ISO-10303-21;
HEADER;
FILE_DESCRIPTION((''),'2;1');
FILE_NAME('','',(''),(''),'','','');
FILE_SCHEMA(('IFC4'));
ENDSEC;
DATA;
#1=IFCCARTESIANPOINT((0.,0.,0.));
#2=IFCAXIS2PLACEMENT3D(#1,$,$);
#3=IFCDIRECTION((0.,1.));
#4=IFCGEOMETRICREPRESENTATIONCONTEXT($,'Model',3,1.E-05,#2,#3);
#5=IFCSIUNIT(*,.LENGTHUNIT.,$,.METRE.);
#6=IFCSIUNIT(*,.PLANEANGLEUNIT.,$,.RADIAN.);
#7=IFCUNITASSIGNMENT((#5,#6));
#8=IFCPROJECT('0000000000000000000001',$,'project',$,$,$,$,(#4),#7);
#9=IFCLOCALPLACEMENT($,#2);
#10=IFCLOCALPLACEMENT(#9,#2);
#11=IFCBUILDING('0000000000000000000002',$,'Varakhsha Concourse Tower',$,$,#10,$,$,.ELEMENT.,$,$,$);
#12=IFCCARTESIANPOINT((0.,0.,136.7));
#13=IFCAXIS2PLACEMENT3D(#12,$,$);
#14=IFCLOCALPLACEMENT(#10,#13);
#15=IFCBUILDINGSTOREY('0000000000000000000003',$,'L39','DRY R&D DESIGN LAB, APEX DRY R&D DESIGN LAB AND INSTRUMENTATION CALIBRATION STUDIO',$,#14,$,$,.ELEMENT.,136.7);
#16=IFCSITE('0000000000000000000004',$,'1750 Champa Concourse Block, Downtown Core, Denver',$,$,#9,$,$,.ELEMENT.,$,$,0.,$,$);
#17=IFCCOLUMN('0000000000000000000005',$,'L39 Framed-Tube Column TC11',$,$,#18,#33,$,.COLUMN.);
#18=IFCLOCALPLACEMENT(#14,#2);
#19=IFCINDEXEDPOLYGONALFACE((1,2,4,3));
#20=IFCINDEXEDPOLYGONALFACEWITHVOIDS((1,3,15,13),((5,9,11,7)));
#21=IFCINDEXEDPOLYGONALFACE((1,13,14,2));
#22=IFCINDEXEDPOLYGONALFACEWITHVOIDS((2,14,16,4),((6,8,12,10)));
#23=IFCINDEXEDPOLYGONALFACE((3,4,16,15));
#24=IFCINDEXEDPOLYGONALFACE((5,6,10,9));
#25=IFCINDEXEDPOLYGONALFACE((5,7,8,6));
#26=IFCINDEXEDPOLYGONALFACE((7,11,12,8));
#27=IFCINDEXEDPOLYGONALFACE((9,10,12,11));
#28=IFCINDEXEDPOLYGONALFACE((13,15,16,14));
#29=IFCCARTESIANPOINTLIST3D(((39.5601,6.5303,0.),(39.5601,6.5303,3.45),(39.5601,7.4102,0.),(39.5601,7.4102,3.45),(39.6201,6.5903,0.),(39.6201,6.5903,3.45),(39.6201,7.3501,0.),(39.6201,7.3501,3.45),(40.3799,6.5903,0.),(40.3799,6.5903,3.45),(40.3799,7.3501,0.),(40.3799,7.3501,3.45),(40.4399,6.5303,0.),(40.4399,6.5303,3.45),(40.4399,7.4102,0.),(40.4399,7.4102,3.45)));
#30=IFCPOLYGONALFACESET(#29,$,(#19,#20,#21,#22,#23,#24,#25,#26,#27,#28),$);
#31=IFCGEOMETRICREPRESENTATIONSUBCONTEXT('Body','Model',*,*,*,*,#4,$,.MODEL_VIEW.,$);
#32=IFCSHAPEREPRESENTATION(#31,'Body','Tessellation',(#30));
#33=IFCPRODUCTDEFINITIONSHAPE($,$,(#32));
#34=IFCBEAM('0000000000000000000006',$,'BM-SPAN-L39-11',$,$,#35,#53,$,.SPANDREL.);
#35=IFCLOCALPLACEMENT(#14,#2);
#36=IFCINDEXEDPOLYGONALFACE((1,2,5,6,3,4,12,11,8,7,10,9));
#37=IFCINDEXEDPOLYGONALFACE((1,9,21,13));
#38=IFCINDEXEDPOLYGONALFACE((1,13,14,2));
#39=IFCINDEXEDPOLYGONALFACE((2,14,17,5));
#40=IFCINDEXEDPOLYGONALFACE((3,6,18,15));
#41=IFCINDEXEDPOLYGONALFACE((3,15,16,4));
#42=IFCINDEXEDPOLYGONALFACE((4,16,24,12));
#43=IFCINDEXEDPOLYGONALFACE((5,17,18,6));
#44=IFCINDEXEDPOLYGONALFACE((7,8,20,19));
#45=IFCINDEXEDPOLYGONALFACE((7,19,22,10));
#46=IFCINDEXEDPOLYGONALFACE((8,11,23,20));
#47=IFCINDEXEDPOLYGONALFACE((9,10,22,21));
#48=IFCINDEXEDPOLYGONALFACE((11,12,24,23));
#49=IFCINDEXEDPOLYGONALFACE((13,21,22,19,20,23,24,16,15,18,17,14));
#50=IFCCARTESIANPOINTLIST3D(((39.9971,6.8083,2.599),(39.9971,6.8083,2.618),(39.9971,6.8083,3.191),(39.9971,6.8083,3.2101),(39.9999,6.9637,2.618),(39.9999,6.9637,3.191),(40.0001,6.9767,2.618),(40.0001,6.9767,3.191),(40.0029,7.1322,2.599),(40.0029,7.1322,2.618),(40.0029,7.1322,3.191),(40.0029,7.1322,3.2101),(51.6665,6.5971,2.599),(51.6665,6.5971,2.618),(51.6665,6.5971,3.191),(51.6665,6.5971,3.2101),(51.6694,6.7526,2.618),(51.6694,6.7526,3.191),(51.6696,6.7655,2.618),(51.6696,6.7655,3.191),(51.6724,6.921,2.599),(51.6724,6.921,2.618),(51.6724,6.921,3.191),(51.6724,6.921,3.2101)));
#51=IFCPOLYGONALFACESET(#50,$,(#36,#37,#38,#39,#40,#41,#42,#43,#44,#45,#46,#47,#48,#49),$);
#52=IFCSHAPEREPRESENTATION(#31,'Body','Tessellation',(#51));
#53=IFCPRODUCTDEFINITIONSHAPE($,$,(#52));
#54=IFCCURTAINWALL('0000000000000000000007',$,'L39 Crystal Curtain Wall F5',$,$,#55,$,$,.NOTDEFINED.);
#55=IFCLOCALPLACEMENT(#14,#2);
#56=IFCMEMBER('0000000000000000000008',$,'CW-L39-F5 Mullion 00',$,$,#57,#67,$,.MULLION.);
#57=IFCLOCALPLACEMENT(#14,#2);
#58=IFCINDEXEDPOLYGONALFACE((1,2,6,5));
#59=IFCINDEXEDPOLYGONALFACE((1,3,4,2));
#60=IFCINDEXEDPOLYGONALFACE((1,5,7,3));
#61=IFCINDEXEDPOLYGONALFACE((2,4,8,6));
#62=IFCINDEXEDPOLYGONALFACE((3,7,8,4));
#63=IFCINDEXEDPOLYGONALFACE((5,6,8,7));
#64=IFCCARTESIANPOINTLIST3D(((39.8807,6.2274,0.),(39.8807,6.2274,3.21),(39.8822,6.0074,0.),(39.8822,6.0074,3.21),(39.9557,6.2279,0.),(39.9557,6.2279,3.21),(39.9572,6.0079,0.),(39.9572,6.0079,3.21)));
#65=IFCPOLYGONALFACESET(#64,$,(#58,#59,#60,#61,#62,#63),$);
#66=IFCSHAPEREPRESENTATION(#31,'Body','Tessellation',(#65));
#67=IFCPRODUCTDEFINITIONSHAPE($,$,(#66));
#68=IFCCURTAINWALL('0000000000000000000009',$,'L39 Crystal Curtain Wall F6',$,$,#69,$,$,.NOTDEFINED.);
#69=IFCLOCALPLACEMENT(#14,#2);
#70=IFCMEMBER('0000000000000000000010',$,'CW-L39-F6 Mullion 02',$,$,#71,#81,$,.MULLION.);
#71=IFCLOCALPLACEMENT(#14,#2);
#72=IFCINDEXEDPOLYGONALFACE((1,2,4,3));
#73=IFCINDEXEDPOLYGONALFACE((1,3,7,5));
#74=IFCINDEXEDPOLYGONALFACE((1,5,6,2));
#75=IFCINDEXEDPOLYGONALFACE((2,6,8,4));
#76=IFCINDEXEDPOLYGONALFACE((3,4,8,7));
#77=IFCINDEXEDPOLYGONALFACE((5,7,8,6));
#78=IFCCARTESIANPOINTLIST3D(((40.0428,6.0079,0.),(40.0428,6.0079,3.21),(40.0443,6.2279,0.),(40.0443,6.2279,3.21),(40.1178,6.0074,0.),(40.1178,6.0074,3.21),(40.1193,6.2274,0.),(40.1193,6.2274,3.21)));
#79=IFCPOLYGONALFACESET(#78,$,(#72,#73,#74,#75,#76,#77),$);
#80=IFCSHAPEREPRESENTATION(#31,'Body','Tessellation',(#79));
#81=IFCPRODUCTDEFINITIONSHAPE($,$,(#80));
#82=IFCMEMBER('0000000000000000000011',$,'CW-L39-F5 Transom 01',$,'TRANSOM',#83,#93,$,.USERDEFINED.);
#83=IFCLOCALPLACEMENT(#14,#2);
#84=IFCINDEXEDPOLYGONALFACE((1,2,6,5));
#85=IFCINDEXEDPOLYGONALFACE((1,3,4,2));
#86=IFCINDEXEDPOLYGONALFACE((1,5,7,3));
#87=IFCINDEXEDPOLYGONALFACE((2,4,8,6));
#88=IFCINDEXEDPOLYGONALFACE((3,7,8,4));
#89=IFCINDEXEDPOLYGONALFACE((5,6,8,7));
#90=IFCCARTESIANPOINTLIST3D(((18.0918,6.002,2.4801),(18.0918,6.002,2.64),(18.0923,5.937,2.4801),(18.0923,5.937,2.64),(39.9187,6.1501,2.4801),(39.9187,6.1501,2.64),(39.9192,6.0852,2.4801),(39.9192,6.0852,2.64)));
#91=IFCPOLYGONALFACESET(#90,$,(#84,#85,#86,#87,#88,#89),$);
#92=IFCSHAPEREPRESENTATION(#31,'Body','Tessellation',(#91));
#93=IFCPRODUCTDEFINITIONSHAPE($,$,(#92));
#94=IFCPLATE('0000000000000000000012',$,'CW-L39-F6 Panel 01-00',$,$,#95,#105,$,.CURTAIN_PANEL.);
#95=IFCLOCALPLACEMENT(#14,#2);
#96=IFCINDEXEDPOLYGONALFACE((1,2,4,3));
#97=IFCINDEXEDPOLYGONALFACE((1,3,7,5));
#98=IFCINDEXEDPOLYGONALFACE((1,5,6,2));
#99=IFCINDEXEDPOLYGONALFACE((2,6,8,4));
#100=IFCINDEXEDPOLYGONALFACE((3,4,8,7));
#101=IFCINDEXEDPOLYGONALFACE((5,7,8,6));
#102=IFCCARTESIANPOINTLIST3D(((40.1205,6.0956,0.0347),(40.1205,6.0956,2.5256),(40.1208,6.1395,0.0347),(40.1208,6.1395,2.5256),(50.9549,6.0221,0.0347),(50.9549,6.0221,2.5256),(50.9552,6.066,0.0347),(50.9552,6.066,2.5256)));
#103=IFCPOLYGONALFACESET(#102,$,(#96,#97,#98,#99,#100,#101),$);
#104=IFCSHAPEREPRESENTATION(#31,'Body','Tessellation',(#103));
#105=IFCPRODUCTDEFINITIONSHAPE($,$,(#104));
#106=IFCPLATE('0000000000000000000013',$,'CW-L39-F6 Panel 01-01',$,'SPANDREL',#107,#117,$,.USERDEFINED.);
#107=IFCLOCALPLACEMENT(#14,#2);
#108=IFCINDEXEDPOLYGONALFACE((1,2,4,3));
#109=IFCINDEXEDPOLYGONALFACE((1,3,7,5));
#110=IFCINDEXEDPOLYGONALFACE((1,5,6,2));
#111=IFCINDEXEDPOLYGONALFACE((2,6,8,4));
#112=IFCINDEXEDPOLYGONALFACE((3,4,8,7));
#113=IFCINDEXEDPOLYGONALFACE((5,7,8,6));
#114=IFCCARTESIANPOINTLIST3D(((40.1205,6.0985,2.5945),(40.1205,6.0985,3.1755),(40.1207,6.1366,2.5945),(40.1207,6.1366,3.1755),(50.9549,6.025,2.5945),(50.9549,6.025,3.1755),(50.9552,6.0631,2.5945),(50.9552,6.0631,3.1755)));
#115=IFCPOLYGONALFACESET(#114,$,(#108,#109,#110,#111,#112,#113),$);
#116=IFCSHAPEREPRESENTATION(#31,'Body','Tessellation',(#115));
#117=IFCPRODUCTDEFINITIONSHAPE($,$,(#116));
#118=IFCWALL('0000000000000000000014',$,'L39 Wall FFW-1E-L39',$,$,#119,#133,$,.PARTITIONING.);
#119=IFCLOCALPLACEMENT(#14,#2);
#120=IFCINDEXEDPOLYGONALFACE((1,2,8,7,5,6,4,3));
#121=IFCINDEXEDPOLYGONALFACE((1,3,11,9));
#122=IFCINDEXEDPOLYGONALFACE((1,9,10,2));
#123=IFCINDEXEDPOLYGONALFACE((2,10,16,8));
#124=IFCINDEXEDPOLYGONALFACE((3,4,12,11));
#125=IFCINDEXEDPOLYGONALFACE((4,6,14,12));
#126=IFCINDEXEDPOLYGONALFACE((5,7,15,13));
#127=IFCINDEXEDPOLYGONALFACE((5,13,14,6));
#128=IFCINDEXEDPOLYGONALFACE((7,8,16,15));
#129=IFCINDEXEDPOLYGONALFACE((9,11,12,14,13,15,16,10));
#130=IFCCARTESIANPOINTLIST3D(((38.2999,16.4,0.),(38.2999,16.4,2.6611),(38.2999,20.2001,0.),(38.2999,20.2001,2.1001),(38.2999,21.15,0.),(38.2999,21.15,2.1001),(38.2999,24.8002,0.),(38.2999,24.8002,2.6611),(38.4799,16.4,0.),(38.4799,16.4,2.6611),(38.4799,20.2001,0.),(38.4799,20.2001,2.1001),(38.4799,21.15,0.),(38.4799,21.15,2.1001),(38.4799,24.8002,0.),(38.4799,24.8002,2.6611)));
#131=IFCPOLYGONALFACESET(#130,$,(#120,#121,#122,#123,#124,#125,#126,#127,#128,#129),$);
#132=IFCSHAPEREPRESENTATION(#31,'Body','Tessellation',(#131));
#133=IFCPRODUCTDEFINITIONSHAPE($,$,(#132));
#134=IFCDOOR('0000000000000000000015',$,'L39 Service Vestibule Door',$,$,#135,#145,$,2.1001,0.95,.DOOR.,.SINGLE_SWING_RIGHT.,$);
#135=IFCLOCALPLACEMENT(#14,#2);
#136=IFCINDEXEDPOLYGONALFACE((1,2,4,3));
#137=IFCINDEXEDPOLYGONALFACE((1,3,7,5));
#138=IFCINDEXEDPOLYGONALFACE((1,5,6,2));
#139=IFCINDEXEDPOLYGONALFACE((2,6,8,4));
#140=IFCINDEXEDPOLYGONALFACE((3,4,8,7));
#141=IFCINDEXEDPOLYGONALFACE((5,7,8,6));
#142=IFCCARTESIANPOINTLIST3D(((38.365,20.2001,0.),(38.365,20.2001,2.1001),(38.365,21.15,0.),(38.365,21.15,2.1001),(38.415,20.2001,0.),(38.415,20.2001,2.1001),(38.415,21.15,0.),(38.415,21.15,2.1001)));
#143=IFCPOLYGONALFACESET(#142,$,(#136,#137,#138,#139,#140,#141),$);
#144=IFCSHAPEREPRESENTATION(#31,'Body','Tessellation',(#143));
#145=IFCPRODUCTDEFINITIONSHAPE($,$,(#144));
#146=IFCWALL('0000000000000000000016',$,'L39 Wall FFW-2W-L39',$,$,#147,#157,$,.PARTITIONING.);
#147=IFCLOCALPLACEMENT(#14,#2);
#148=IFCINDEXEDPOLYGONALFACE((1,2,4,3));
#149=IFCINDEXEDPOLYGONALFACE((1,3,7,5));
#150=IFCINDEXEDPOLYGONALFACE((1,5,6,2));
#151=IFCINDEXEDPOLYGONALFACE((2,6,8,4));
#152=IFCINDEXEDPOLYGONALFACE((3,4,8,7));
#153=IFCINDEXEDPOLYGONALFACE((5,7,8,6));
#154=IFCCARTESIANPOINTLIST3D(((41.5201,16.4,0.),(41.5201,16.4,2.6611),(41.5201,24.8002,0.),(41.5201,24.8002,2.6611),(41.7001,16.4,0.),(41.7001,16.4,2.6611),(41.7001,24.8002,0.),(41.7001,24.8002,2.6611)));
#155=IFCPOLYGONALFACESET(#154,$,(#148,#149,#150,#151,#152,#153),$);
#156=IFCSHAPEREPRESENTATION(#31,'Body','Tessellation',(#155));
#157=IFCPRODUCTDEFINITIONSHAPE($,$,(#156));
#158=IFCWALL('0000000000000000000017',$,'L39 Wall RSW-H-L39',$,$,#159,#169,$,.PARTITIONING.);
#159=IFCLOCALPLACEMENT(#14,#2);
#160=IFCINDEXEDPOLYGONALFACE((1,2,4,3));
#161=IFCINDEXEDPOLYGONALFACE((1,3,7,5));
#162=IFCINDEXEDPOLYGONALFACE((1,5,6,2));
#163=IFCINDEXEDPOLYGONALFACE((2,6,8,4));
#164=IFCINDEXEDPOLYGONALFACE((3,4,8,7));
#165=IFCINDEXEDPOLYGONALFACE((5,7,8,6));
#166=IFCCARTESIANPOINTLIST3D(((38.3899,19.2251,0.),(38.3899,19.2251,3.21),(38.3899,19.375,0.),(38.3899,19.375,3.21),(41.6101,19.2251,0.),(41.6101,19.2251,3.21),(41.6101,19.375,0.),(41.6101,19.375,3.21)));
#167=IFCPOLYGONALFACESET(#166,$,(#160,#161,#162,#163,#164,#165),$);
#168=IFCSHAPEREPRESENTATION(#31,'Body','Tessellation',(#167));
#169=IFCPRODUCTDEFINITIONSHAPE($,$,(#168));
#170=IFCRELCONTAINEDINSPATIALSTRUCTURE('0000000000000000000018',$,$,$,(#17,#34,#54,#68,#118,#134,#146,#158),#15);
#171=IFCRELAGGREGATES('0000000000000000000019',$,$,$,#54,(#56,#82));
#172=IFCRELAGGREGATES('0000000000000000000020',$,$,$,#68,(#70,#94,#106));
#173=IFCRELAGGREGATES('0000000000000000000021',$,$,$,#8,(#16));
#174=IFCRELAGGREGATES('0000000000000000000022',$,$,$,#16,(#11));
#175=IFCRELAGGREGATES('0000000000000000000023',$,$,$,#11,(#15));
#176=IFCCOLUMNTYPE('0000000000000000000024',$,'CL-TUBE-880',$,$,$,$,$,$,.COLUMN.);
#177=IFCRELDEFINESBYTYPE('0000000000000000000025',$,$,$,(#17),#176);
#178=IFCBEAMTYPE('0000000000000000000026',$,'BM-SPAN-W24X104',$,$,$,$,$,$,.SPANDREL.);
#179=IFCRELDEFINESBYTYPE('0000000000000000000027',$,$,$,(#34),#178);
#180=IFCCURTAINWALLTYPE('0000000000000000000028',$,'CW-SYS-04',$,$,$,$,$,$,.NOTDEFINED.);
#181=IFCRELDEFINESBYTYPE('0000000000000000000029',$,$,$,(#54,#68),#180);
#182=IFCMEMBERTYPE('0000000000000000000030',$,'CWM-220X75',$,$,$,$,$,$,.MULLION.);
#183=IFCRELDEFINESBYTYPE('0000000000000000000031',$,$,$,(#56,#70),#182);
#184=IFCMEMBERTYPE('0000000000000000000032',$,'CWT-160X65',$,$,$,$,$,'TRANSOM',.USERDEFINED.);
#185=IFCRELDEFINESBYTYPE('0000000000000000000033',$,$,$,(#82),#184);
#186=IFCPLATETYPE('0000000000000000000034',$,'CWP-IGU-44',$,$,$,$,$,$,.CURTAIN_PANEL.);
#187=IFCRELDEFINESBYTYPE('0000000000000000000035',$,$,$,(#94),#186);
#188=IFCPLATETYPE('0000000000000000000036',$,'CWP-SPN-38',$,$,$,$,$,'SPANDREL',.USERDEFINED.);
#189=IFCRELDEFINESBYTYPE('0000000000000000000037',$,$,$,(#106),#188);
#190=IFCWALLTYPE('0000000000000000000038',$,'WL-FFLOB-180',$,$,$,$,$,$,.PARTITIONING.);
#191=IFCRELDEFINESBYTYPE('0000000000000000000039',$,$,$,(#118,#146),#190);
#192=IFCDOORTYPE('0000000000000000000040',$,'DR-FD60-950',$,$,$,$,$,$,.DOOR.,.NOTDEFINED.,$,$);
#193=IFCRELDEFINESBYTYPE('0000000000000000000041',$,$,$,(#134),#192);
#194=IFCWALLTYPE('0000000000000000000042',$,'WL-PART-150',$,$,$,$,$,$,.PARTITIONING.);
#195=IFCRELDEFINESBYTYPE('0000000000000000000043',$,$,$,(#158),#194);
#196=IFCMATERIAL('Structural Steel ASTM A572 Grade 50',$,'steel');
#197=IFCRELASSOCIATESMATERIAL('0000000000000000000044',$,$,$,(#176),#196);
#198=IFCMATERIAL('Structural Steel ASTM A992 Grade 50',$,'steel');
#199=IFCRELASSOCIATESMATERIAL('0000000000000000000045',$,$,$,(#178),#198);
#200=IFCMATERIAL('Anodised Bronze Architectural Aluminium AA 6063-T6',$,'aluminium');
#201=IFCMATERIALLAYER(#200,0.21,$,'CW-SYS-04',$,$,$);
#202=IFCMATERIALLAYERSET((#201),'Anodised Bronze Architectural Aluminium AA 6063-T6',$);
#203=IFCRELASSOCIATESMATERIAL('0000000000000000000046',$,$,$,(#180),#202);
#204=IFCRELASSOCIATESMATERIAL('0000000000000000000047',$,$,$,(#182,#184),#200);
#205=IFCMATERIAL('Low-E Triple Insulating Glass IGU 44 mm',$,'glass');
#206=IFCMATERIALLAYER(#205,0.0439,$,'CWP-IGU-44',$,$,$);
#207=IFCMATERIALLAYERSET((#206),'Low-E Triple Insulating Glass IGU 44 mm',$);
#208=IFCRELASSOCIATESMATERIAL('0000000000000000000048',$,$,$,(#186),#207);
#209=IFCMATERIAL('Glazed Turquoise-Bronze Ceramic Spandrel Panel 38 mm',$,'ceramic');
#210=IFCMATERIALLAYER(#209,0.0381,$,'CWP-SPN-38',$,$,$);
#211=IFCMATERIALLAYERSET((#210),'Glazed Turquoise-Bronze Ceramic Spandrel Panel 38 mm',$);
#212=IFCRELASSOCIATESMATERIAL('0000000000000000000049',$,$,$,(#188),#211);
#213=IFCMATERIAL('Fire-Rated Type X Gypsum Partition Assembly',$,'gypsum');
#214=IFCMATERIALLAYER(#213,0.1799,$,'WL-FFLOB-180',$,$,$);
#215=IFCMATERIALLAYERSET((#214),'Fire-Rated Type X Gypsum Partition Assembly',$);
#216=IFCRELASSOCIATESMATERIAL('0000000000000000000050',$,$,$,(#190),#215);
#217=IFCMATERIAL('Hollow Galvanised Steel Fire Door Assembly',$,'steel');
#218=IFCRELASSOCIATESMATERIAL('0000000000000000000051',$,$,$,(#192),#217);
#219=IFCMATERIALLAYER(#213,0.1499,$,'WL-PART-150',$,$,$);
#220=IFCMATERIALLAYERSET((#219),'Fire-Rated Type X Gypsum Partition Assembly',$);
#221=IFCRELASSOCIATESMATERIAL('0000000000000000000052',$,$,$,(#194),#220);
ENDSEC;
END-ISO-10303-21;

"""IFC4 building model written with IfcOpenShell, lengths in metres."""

from ifc_helpers import new_model, si_unit, direction, frame, frame_2d, origin, origin_2d, place, context, subcontext, project, spatial, rectangle, hollow_rectangle, i_section, extrude, source, transform, mapped, material, layer, layer_set, material_profile, profile_set, type_object, type_shapes, element, fill, aggregate, save


model = new_model("IFC4")

# Units and contexts
model_context = context("Model", 3, precision=1e-05, world=origin(), true_north=direction((0.0, 1.0)))
body_context = subcontext(model_context, "Body", "Model", "MODEL_VIEW")
ifc_project = project(units=[si_unit("LENGTHUNIT", "METRE"), si_unit("PLANEANGLEUNIT", "RADIAN")], contexts=[model_context])

# Site, building, storey
site_placement = place(None, origin())
site = spatial("IfcSite", under=ifc_project, at=site_placement, Name="1750 Champa Concourse Block, Downtown Core, Denver", CompositionType="ELEMENT", RefElevation=0.0)
building_placement = place(site_placement, origin())
building = spatial("IfcBuilding", under=site, at=building_placement, Name="Varakhsha Concourse Tower", CompositionType="ELEMENT")
storey_placement = place(building_placement, frame((0.0, 0.0, 136.7)))
storey = spatial("IfcBuildingStorey", under=building, at=storey_placement, Name="L39", Description="DRY R&D DESIGN LAB, APEX DRY R&D DESIGN LAB AND INSTRUMENTATION CALIBRATION STUDIO", CompositionType="ELEMENT", Elevation=136.7)

# Column
ifc_material_1 = material(Name="Structural Steel ASTM A572 Grade 50", Category="steel")
ifc_material_profile_1 = material_profile(ifc_material_1, hollow_rectangle(XDim=0.8799, YDim=0.8799, WallThickness=0.0601, at=origin_2d()), Name="BOX 880x880x60")
ifc_profile_set_1 = profile_set([ifc_material_profile_1], Name="Structural Steel ASTM A572 Grade 50")
column_type = type_object("IfcColumnType", Name="CL-TUBE-880", PredefinedType="COLUMN", material=ifc_profile_set_1)
column_placement = place(storey_placement, frame((40.0, 6.9702, 0.0), z_axis=(0.0, 0.0, 1.0), x_axis=(1.0, 0.0, 0.0)))
element("IfcColumn", 1, at=column_placement, inside=storey, type_object=column_type, Name="L39 Framed-Tube Column TC11", PredefinedType="COLUMN", context=body_context, shape_type="SweptSolid", body=[
    extrude(hollow_rectangle(XDim=0.8799, YDim=0.8799, WallThickness=0.0601, at=origin_2d()), origin(), (0.0, 0.0, 1.0), 3.45),
])

# Beam
ifc_material_2 = material(Name="Structural Steel ASTM A992 Grade 50", Category="steel")
ifc_material_profile_2 = material_profile(ifc_material_2, i_section(OverallWidth=0.324, OverallDepth=0.6111, WebThickness=0.0129, FlangeThickness=0.019, at=origin_2d()), Name="W24X104")
ifc_profile_set_2 = profile_set([ifc_material_profile_2], Name="Structural Steel ASTM A992 Grade 50")
beam_type = type_object("IfcBeamType", Name="BM-SPAN-W24X104", PredefinedType="SPANDREL", material=ifc_profile_set_2)
beam_placement = place(storey_placement, frame((40.0, 6.9702, 2.9045), z_axis=(0.999836, -0.018094, 0.0), x_axis=(0.018094, 0.999836, 0.0)))
element("IfcBeam", 2, at=beam_placement, inside=storey, type_object=beam_type, Name="BM-SPAN-L39-11", PredefinedType="SPANDREL", context=body_context, shape_type="SweptSolid", body=[
    extrude(i_section(OverallWidth=0.324, OverallDepth=0.6111, WebThickness=0.0129, FlangeThickness=0.019, at=origin_2d()), origin(), (0.0, 0.0, 1.0), 11.6714),
])

# Curtain walls, members
ifc_material_3 = material(Name="Anodised Bronze Architectural Aluminium AA 6063-T6", Category="aluminium")
ifc_layer_1 = layer(ifc_material_3, 0.21, Name="CW-SYS-04")
ifc_layer_set_1 = layer_set([ifc_layer_1], Name="Anodised Bronze Architectural Aluminium AA 6063-T6")
curtain_wall_type = type_object("IfcCurtainWallType", Name="CW-SYS-04", PredefinedType="NOTDEFINED", material=ifc_layer_set_1)
curtain_wall_1_placement = place(storey_placement, origin())
curtain_wall_1 = element("IfcCurtainWall", 3, at=curtain_wall_1_placement, inside=storey, type_object=curtain_wall_type, Name="L39 Crystal Curtain Wall F5", PredefinedType="NOTDEFINED")
ifc_material_profile_3 = material_profile(ifc_material_3, rectangle(XDim=0.075, YDim=0.22, at=origin_2d()), Name="CWM-220X75")
ifc_profile_set_3 = profile_set([ifc_material_profile_3], Name="Anodised Bronze Architectural Aluminium AA 6063-T6")
member_type_1 = type_object("IfcMemberType", Name="CWM-220X75", PredefinedType="MULLION", material=ifc_profile_set_3)
shared_shape_1 = source(origin(), body_context, "Body", "SweptSolid", [
    extrude(rectangle(XDim=0.075, YDim=0.22, at=origin_2d()), origin(), (0.0, 0.0, 1.0), 3.21),
])
type_shapes(member_type_1, [shared_shape_1])
member_1_placement = place(storey_placement, frame((39.9189, 6.1177, 0.0), z_axis=(0.0, 0.0, 1.0), x_axis=(-0.999977, -0.006786, 0.0)))
member_1 = element("IfcMember", 4, at=member_1_placement, type_object=member_type_1, Name="CW-L39-F5 Mullion 00", PredefinedType="MULLION", context=body_context, shape_type="MappedRepresentation", body=[
    mapped(shared_shape_1, transform((0.0, 0.0, 0.0), scale=1.0)),
])
curtain_wall_2_placement = place(storey_placement, origin())
curtain_wall_2 = element("IfcCurtainWall", 5, at=curtain_wall_2_placement, inside=storey, type_object=curtain_wall_type, Name="L39 Crystal Curtain Wall F6", PredefinedType="NOTDEFINED")
member_2_placement = place(storey_placement, frame((40.0811, 6.1177, 0.0), z_axis=(0.0, 0.0, 1.0), x_axis=(-0.999977, 0.006786, 0.0)))
member_2 = element("IfcMember", 6, at=member_2_placement, type_object=member_type_1, Name="CW-L39-F6 Mullion 02", PredefinedType="MULLION", context=body_context, shape_type="MappedRepresentation", body=[
    mapped(shared_shape_1, transform((0.0, 0.0, 0.0), scale=1.0)),
])

# Member
ifc_material_profile_4 = material_profile(ifc_material_3, rectangle(XDim=0.0649, YDim=0.1599, at=origin_2d()), Name="CWT-160X65")
ifc_profile_set_4 = profile_set([ifc_material_profile_4], Name="Anodised Bronze Architectural Aluminium AA 6063-T6")
member_type_2 = type_object("IfcMemberType", Name="CWT-160X65", ElementType="TRANSOM", PredefinedType="USERDEFINED", material=ifc_profile_set_4)
shared_shape_2 = source(origin(), body_context, "Body", "SweptSolid", [
    extrude(rectangle(XDim=0.0649, YDim=0.1599, at=origin_2d()), origin(), (0.0, 0.0, 1.0), 21.8274),
])
type_shapes(member_type_2, [shared_shape_2])
member_3_placement = place(storey_placement, frame((39.9189, 6.1177, 2.5601), z_axis=(-0.999977, -0.006789, 0.0), x_axis=(0.006789, -0.999977, 0.0)))
member_3 = element("IfcMember", 7, at=member_3_placement, type_object=member_type_2, Name="CW-L39-F5 Transom 01", ObjectType="TRANSOM", PredefinedType="USERDEFINED", context=body_context, shape_type="MappedRepresentation", body=[
    mapped(shared_shape_2, transform((0.0, 0.0, 0.0), scale=1.0)),
])
aggregate(curtain_wall_1, [member_1, member_3])

# Plates
ifc_material_4 = material(Name="Low-E Triple Insulating Glass IGU 44 mm", Category="glass")
ifc_layer_2 = layer(ifc_material_4, 0.0439, Name="CWP-IGU-44")
ifc_layer_set_2 = layer_set([ifc_layer_2], Name="Low-E Triple Insulating Glass IGU 44 mm")
plate_type_1 = type_object("IfcPlateType", Name="CWP-IGU-44", PredefinedType="CURTAIN_PANEL", material=ifc_layer_set_2)
shared_shape_3 = source(origin(), body_context, "Body", "SweptSolid", [
    extrude(rectangle(XDim=10.8347, YDim=0.0439, at=origin_2d()), origin(), (0.0, 0.0, 1.0), 2.491),
])
type_shapes(plate_type_1, [shared_shape_3])
plate_1_placement = place(storey_placement, frame((45.5378, 6.0808, 0.0347), z_axis=(0.0, 0.0, 1.0), x_axis=(-0.999977, 0.006786, 0.0)))
plate_1 = element("IfcPlate", 8, at=plate_1_placement, type_object=plate_type_1, Name="CW-L39-F6 Panel 01-00", PredefinedType="CURTAIN_PANEL", context=body_context, shape_type="MappedRepresentation", body=[
    mapped(shared_shape_3, transform((0.0, 0.0, 0.0), scale=1.0)),
])
ifc_material_5 = material(Name="Glazed Turquoise-Bronze Ceramic Spandrel Panel 38 mm", Category="ceramic")
ifc_layer_3 = layer(ifc_material_5, 0.0381, Name="CWP-SPN-38")
ifc_layer_set_3 = layer_set([ifc_layer_3], Name="Glazed Turquoise-Bronze Ceramic Spandrel Panel 38 mm")
plate_type_2 = type_object("IfcPlateType", Name="CWP-SPN-38", ElementType="SPANDREL", PredefinedType="USERDEFINED", material=ifc_layer_set_3)
shared_shape_4 = source(origin(), body_context, "Body", "SweptSolid", [
    extrude(rectangle(XDim=10.8347, YDim=0.0381, at=origin_2d()), origin(), (0.0, 0.0, 1.0), 0.5811),
])
type_shapes(plate_type_2, [shared_shape_4])
plate_2_placement = place(storey_placement, frame((45.5378, 6.0808, 2.5945), z_axis=(0.0, 0.0, 1.0), x_axis=(-0.999977, 0.006786, 0.0)))
plate_2 = element("IfcPlate", 9, at=plate_2_placement, type_object=plate_type_2, Name="CW-L39-F6 Panel 01-01", ObjectType="SPANDREL", PredefinedType="USERDEFINED", context=body_context, shape_type="MappedRepresentation", body=[
    mapped(shared_shape_4, transform((0.0, 0.0, 0.0), scale=1.0)),
])
aggregate(curtain_wall_2, [member_2, plate_1, plate_2])

# Wall, opening, door
ifc_material_6 = material(Name="Fire-Rated Type X Gypsum Partition Assembly", Category="gypsum")
ifc_layer_4 = layer(ifc_material_6, 0.1799, Name="WL-FFLOB-180")
ifc_layer_set_4 = layer_set([ifc_layer_4], Name="Fire-Rated Type X Gypsum Partition Assembly")
wall_type_1 = type_object("IfcWallType", Name="WL-FFLOB-180", PredefinedType="PARTITIONING", material=ifc_layer_set_4)
wall_1_placement = place(storey_placement, frame((38.3899, 16.3999, 0.0), z_axis=(0.0, 0.0, 1.0), x_axis=(0.0, 1.0, 0.0)))
wall_1 = element("IfcWall", 10, at=wall_1_placement, inside=storey, type_object=wall_type_1, Name="L39 Wall FFW-1E-L39", PredefinedType="PARTITIONING", context=body_context, shape_type="SweptSolid", body=[
    extrude(rectangle(XDim=8.4001, YDim=0.1799, at=frame_2d((4.2002, 0.0))), origin(), (0.0, 0.0, 1.0), 2.6611),
])
opening_1_placement = place(wall_1_placement, frame((3.8, 0.0, 0.0)))
opening_1 = element("IfcOpeningElement", 11, at=opening_1_placement, cuts=wall_1, PredefinedType="OPENING", context=body_context, shape_type="SweptSolid", body=[
    extrude(rectangle(XDim=0.95, YDim=2.1001, at=frame_2d((0.4751, 1.05))), frame((0.0, 0.0999, 0.0), z_axis=(0.0, -1.0, 0.0), x_axis=(1.0, 0.0, 0.0)), (0.0, 0.0, 1.0), 0.2),
])
ifc_material_7 = material(Name="Hollow Galvanised Steel Fire Door Assembly", Category="steel")
door_type_1 = type_object("IfcDoorType", Name="DR-FD60-950", OperationType="NOTDEFINED", PredefinedType="DOOR", material=ifc_material_7)
door_1_placement = place(opening_1_placement, origin())
door_1 = element("IfcDoor", 12, at=door_1_placement, inside=storey, type_object=door_type_1, Name="L39 Service Vestibule Door", OperationType="SINGLE_SWING_RIGHT", OverallHeight=2.1001, OverallWidth=0.95, PredefinedType="DOOR", context=body_context, shape_type="SweptSolid", body=[
    extrude(rectangle(XDim=0.95, YDim=2.1001, at=frame_2d((0.4751, 1.05))), frame((0.0, 0.0249, 0.0), z_axis=(0.0, -1.0, 0.0), x_axis=(1.0, 0.0, 0.0)), (0.0, 0.0, 1.0), 0.05),
])
fill(opening_1, door_1)

# Walls
wall_2_placement = place(storey_placement, frame((41.6101, 16.3999, 0.0), z_axis=(0.0, 0.0, 1.0), x_axis=(0.0, 1.0, 0.0)))
element("IfcWall", 13, at=wall_2_placement, inside=storey, type_object=wall_type_1, Name="L39 Wall FFW-2W-L39", PredefinedType="PARTITIONING", context=body_context, shape_type="SweptSolid", body=[
    extrude(rectangle(XDim=8.4001, YDim=0.1799, at=frame_2d((4.2002, 0.0))), origin(), (0.0, 0.0, 1.0), 2.6611),
])
ifc_layer_5 = layer(ifc_material_6, 0.1499, Name="WL-PART-150")
ifc_layer_set_5 = layer_set([ifc_layer_5], Name="Fire-Rated Type X Gypsum Partition Assembly")
wall_type_2 = type_object("IfcWallType", Name="WL-PART-150", PredefinedType="PARTITIONING", material=ifc_layer_set_5)
wall_3_placement = place(storey_placement, frame((38.3899, 19.3, 0.0), z_axis=(0.0, 0.0, 1.0), x_axis=(1.0, 0.0, 0.0)))
element("IfcWall", 14, at=wall_3_placement, inside=storey, type_object=wall_type_2, Name="L39 Wall RSW-H-L39", PredefinedType="PARTITIONING", context=body_context, shape_type="SweptSolid", body=[
    extrude(rectangle(XDim=3.2202, YDim=0.1499, at=frame_2d((1.6101, 0.0))), origin(), (0.0, 0.0, 1.0), 3.21),
])

save(model, "model.ifc")
